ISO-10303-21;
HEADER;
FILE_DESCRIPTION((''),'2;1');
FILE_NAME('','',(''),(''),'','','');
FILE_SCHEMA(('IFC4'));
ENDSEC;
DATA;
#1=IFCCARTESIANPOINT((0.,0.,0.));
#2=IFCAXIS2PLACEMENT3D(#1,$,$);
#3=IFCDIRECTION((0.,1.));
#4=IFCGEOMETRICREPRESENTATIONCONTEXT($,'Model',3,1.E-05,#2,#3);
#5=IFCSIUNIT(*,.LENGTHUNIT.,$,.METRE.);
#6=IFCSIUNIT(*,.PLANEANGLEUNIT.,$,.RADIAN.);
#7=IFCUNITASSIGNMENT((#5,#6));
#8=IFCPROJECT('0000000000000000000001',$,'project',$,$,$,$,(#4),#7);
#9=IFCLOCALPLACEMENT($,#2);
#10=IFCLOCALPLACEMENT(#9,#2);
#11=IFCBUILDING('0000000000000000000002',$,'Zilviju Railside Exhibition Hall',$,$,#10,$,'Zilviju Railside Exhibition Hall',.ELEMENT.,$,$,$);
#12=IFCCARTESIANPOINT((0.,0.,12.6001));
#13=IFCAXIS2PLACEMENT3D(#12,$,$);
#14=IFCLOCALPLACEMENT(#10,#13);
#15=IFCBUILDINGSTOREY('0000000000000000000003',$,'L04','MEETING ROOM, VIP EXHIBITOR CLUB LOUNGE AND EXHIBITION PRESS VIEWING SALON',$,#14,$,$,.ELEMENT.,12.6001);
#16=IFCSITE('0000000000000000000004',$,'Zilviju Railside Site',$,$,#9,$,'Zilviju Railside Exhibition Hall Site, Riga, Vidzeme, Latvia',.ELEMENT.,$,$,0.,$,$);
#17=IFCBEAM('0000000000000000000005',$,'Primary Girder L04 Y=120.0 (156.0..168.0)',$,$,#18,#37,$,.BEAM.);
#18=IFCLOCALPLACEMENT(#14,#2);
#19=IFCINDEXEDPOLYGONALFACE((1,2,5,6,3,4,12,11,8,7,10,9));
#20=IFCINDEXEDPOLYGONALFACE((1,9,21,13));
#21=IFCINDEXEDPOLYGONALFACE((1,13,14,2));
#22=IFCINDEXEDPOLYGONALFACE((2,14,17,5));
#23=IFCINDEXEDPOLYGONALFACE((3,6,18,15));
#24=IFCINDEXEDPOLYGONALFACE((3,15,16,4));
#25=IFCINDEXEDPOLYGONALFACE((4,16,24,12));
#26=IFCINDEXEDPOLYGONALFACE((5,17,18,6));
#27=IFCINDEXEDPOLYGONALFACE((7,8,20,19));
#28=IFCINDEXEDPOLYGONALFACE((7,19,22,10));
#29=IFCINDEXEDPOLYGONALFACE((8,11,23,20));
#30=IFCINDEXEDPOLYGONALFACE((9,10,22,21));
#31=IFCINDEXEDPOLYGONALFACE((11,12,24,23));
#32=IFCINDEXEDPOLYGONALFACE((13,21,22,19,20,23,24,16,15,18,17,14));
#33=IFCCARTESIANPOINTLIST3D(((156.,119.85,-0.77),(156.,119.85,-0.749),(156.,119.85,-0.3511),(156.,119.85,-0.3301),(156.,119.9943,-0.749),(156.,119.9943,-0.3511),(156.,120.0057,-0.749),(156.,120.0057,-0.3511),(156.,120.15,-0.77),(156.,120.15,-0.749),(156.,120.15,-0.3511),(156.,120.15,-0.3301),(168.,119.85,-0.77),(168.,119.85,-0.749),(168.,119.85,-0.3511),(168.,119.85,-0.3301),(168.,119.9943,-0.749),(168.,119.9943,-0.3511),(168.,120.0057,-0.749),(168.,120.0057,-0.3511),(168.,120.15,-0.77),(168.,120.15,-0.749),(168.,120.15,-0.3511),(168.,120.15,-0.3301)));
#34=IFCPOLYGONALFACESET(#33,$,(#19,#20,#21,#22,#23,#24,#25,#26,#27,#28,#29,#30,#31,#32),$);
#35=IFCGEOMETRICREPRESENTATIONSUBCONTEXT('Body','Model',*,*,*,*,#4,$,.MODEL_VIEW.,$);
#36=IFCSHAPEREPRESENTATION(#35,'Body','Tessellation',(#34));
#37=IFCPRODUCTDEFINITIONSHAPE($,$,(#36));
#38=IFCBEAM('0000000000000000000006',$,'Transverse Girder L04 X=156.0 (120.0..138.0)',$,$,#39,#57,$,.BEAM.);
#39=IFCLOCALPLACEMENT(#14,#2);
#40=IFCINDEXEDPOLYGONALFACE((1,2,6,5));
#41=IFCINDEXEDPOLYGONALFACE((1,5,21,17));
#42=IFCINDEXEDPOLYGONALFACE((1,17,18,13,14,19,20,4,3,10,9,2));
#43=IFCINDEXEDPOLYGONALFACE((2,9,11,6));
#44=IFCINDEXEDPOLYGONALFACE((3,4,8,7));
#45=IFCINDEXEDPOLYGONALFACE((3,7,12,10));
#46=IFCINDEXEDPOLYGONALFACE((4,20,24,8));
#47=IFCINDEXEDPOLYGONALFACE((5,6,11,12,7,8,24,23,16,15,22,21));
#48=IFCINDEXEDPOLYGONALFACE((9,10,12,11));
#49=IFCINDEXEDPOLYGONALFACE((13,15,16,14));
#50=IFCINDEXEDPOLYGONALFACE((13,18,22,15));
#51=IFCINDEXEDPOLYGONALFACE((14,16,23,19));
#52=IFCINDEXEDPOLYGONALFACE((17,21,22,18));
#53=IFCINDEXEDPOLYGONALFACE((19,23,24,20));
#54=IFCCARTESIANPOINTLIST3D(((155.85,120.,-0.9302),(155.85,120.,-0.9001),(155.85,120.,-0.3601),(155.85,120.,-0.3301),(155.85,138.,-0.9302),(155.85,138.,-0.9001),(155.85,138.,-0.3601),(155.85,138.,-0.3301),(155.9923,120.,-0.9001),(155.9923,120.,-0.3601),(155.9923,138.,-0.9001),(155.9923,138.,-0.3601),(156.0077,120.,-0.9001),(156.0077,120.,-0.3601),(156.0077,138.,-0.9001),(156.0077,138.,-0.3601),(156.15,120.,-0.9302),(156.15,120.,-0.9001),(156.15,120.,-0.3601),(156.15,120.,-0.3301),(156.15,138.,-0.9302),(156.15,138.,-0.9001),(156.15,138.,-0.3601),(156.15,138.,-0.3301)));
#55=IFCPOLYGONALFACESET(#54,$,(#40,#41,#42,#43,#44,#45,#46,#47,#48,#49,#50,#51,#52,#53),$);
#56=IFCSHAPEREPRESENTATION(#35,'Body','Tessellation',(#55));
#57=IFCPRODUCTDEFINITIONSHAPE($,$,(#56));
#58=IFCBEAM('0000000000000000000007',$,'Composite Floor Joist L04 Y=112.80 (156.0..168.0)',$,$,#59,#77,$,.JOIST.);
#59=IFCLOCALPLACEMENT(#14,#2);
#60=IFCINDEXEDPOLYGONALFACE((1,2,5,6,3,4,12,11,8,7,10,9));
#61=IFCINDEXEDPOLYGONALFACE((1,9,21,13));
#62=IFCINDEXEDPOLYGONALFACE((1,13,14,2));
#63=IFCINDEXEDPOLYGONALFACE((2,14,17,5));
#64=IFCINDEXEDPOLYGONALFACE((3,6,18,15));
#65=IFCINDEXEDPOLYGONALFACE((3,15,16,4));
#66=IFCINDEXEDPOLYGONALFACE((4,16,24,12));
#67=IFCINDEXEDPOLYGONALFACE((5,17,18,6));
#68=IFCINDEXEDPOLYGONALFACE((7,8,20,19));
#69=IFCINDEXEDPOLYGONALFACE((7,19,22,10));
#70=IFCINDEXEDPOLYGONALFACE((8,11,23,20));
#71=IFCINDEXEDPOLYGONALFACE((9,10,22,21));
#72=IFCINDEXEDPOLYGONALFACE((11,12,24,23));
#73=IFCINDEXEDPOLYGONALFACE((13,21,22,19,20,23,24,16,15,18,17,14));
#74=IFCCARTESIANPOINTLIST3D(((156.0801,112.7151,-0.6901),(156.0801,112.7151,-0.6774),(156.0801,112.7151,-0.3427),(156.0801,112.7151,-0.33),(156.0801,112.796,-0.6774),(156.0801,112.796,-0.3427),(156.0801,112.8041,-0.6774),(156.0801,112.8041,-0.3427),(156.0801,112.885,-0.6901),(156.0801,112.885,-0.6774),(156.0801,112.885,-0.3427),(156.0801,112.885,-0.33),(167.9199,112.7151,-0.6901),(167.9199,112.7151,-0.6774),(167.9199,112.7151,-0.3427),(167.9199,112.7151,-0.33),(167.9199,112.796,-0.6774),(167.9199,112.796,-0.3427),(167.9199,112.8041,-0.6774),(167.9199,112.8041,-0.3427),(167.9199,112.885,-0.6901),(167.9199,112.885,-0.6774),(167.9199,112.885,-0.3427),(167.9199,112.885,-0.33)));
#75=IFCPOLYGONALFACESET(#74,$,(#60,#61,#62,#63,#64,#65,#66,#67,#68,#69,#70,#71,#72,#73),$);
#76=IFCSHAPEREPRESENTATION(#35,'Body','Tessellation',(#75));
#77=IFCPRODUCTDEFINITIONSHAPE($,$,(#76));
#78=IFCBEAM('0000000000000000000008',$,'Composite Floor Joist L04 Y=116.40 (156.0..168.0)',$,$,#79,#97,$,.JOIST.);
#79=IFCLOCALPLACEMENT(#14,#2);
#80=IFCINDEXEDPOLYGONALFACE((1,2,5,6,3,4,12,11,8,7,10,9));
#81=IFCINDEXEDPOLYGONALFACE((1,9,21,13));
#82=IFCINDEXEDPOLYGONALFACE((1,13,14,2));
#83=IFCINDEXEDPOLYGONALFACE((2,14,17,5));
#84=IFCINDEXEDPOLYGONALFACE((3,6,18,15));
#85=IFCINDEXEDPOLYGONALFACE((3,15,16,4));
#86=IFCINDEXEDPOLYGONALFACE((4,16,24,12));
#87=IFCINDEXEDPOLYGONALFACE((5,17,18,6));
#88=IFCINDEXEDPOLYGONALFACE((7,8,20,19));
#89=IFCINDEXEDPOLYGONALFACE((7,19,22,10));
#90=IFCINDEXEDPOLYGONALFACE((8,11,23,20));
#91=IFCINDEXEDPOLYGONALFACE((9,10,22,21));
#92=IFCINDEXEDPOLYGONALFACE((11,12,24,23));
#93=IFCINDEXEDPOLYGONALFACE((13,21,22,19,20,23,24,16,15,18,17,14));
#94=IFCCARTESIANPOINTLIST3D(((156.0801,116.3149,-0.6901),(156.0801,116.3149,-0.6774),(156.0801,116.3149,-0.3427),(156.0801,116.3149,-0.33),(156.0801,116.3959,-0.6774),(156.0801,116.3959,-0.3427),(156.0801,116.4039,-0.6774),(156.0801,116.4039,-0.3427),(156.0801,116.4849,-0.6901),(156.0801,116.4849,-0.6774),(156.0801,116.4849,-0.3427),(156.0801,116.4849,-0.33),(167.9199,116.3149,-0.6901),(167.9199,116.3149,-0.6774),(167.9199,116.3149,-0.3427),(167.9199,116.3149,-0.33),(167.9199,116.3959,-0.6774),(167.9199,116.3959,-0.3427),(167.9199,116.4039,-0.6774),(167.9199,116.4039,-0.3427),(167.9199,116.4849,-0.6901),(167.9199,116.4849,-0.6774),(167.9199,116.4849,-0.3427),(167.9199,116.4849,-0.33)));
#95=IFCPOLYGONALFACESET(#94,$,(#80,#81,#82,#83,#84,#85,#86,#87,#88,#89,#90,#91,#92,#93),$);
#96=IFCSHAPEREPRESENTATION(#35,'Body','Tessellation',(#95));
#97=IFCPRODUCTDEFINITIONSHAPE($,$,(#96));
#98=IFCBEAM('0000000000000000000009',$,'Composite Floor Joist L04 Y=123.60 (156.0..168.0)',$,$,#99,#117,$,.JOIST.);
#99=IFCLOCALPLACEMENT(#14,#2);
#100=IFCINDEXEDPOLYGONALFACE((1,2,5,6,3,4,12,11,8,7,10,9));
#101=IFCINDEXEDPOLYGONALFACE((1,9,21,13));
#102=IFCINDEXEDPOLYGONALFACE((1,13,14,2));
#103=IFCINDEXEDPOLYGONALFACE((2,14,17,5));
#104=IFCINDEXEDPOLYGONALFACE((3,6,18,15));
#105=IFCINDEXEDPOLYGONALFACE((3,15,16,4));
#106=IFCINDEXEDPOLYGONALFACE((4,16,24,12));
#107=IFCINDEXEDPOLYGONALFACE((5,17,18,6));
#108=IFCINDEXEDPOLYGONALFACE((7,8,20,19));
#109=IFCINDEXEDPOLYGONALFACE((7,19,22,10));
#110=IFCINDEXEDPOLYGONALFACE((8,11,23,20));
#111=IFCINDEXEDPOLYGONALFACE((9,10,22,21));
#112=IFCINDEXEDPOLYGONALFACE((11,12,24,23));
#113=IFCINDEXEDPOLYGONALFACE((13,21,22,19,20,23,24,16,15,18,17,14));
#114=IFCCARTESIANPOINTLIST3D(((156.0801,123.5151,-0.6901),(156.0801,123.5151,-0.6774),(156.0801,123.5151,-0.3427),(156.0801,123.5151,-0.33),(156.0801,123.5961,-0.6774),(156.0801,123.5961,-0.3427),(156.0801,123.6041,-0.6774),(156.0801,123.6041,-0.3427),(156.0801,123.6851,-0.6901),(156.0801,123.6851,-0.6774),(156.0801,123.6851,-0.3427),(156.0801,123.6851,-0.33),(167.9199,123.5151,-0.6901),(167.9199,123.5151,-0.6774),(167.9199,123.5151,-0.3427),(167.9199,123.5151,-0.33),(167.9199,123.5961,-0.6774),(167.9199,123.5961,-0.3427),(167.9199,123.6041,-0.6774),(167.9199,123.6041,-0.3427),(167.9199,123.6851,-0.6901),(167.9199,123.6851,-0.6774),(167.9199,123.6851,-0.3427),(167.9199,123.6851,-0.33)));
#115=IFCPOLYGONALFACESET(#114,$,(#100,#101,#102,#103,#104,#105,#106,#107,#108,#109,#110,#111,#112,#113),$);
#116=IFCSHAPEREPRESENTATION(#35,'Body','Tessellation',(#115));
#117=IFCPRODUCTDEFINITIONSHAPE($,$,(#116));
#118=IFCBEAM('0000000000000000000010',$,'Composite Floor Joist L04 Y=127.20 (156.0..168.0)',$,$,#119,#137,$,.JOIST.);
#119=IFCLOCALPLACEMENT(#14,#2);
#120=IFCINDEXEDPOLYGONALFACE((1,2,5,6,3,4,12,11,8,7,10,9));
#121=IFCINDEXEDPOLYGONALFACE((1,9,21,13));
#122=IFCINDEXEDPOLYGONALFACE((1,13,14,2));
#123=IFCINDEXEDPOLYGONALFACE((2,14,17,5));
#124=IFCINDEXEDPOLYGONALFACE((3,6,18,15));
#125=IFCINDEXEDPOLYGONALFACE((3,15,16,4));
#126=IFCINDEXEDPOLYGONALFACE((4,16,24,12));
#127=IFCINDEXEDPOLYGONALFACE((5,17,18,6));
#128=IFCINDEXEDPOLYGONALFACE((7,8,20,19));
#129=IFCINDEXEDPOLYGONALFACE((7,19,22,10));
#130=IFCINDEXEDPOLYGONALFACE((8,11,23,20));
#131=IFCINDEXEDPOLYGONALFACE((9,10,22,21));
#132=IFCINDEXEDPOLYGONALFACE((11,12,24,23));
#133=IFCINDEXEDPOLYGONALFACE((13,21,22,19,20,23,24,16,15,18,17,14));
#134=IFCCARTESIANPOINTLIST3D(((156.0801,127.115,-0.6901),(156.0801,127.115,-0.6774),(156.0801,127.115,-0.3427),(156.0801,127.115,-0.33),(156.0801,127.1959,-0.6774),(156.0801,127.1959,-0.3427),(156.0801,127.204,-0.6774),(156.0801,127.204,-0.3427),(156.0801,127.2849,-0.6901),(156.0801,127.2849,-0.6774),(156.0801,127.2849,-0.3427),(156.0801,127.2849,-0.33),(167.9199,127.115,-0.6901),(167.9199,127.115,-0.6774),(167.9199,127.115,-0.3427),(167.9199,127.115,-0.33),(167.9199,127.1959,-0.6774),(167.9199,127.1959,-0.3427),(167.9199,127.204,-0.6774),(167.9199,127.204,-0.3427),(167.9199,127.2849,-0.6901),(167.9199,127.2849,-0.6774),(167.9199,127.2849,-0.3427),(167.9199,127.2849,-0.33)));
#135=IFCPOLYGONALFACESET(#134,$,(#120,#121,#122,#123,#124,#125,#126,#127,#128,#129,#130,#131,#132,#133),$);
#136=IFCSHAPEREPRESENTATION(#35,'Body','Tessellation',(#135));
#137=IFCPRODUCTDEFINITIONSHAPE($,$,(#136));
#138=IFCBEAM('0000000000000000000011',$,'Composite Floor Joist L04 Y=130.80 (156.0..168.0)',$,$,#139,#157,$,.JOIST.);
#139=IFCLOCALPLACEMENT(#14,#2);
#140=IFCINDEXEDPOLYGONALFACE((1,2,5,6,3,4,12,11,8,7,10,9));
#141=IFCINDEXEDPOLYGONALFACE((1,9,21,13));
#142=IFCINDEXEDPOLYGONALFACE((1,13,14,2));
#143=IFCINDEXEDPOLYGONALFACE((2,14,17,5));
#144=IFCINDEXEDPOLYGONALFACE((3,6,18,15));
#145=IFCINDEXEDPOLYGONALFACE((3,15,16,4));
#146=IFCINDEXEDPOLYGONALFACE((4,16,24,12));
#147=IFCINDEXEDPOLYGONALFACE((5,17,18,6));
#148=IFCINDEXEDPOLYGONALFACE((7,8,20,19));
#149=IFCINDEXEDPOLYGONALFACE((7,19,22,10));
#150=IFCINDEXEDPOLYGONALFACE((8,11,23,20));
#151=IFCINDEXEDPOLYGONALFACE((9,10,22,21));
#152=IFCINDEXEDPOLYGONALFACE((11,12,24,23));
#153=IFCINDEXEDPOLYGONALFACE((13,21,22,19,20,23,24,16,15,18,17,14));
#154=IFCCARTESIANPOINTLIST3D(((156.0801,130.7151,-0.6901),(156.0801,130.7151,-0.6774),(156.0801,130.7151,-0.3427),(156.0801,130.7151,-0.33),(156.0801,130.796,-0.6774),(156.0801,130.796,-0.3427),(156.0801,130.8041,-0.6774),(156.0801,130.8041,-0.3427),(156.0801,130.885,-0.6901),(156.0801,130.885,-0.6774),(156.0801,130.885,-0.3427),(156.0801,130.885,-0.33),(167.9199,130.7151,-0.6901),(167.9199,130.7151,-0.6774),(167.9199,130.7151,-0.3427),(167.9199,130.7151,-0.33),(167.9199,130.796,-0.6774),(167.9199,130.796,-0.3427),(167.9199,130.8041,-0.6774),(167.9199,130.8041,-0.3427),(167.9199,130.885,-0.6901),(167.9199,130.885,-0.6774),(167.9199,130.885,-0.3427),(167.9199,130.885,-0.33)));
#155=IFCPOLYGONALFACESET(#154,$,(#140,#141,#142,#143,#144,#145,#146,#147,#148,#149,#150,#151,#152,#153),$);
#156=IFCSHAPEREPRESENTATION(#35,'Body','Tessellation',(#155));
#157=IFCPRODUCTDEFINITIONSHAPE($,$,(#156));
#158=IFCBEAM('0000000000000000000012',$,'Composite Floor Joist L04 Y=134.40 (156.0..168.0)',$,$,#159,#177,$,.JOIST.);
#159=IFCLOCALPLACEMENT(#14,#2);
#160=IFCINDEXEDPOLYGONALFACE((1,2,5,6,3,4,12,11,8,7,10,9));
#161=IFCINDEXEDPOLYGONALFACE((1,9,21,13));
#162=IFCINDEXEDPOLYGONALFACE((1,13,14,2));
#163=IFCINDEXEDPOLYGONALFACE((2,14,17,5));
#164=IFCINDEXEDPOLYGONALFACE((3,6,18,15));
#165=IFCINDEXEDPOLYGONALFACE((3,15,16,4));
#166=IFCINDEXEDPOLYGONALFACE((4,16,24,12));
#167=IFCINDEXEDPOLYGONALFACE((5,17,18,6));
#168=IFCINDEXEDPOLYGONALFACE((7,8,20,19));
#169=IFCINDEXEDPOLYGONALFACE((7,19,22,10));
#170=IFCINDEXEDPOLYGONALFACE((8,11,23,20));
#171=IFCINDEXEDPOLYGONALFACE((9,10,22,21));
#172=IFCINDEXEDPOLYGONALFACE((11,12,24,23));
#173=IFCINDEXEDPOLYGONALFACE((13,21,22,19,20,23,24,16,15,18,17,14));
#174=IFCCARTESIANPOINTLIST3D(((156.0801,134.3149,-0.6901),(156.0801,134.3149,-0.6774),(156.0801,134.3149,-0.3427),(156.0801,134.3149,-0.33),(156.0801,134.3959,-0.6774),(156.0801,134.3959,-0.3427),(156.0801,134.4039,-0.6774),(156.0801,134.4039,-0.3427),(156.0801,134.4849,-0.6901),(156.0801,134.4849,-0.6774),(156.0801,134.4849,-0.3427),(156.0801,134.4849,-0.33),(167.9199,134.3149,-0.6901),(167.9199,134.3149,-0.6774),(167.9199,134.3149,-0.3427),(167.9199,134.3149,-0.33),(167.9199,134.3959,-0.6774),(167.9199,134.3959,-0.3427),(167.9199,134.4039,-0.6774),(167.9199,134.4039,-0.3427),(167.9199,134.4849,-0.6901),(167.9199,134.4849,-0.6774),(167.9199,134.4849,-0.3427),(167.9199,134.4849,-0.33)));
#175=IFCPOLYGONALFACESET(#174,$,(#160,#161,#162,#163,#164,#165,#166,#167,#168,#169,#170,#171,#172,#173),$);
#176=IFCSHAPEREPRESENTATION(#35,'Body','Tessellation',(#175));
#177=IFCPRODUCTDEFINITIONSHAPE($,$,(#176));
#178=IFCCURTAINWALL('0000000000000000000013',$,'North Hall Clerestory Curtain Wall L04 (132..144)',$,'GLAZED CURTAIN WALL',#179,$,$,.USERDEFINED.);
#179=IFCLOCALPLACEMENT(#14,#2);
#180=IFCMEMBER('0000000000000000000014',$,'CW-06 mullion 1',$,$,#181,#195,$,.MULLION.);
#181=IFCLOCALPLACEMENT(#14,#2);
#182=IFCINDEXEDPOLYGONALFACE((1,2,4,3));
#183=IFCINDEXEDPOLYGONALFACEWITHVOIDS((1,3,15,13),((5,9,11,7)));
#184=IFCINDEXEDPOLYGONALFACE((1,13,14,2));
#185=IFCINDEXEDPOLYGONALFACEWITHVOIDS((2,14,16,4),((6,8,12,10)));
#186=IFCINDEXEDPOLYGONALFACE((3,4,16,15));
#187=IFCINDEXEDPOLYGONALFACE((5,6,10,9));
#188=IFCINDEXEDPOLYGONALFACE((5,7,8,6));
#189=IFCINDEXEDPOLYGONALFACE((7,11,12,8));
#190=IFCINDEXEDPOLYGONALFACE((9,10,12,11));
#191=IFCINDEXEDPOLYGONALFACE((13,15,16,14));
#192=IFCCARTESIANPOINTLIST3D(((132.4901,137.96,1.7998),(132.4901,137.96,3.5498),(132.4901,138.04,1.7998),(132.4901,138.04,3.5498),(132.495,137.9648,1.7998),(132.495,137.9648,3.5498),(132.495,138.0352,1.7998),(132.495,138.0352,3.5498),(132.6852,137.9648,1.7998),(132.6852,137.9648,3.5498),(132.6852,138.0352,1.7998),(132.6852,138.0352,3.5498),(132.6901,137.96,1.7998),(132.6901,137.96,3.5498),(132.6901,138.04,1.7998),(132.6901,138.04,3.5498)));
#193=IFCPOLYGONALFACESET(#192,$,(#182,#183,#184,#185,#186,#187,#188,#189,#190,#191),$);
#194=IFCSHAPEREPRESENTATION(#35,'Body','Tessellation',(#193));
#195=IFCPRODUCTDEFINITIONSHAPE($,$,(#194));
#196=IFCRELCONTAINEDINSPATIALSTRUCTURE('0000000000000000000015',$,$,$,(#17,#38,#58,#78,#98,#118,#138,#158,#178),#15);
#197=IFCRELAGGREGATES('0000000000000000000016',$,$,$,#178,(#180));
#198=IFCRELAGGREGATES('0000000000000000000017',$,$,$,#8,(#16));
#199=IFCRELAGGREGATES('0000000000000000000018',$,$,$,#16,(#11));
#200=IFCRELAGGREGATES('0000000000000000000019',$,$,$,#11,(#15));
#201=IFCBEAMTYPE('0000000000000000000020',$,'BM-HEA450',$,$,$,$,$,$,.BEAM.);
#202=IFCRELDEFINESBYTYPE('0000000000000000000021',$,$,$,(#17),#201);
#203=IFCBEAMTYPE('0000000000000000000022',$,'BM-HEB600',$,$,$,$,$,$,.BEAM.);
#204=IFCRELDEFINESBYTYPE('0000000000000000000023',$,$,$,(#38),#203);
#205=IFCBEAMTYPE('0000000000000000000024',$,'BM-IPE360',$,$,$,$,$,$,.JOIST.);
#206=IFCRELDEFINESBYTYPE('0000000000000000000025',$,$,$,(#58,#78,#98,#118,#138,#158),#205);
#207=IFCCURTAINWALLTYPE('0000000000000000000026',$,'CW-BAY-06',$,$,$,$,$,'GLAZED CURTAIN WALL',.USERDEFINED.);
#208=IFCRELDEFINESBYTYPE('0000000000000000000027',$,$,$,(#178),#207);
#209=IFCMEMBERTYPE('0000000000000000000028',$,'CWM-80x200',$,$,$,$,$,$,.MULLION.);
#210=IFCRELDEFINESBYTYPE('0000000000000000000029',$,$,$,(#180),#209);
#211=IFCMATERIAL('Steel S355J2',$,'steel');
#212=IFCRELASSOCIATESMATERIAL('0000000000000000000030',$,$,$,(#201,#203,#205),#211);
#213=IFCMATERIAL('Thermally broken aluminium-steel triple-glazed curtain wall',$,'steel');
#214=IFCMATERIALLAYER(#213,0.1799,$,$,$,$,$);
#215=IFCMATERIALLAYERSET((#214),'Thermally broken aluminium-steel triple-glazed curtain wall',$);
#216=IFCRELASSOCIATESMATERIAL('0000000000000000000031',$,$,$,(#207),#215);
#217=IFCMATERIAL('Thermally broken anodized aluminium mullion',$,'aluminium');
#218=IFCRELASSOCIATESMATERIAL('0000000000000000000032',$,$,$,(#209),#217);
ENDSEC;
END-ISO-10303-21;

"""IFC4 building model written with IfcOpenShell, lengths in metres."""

from ifc_helpers import new_model, si_unit, direction, frame, origin, origin_2d, place, context, subcontext, project, spatial, hollow_rectangle, i_section, extrude, material, layer, layer_set, material_profile, profile_set, type_object, element, aggregate, save


model = new_model("IFC4")

# Units and contexts
model_context = context("Model", 3, precision=1e-05, world=origin(), true_north=direction((0.0, 1.0)))
body_context = subcontext(model_context, "Body", "Model", "MODEL_VIEW")
ifc_project = project(units=[si_unit("LENGTHUNIT", "METRE"), si_unit("PLANEANGLEUNIT", "RADIAN")], contexts=[model_context])

# Site, building, storey
site_placement = place(None, origin())
site = spatial("IfcSite", under=ifc_project, at=site_placement, Name="Zilviju Railside Site", LongName="Zilviju Railside Exhibition Hall Site, Riga, Vidzeme, Latvia", CompositionType="ELEMENT", RefElevation=0.0)
building_placement = place(site_placement, origin())
building = spatial("IfcBuilding", under=site, at=building_placement, Name="Zilviju Railside Exhibition Hall", LongName="Zilviju Railside Exhibition Hall", CompositionType="ELEMENT")
storey_placement = place(building_placement, frame((0.0, 0.0, 12.6001)))
storey = spatial("IfcBuildingStorey", under=building, at=storey_placement, Name="L04", Description="MEETING ROOM, VIP EXHIBITOR CLUB LOUNGE AND EXHIBITION PRESS VIEWING SALON", CompositionType="ELEMENT", Elevation=12.6001)

# Beams
ifc_material_1 = material(Name="Steel S355J2", Category="steel")
ifc_material_profile_1 = material_profile(ifc_material_1, i_section(OverallWidth=0.3, OverallDepth=0.4399, WebThickness=0.0115, FlangeThickness=0.021, at=origin_2d()), Name="HEA 450")
ifc_profile_set_1 = profile_set([ifc_material_profile_1], Name="Steel S355J2")
beam_type_1 = type_object("IfcBeamType", Name="BM-HEA450", PredefinedType="BEAM", material=ifc_profile_set_1)
beam_1_placement = place(storey_placement, frame((156.0, 120.0, -0.55), z_axis=(1.0, 0.0, 0.0), x_axis=(0.0, 1.0, 0.0)))
element("IfcBeam", 1, at=beam_1_placement, inside=storey, type_object=beam_type_1, Name="Primary Girder L04 Y=120.0 (156.0..168.0)", PredefinedType="BEAM", context=body_context, shape_type="SweptSolid", body=[
    extrude(i_section(OverallWidth=0.3, OverallDepth=0.4399, WebThickness=0.0115, FlangeThickness=0.021, at=origin_2d()), origin(), (0.0, 0.0, 1.0), 12.0),
])
ifc_material_profile_2 = material_profile(ifc_material_1, i_section(OverallWidth=0.3, OverallDepth=0.6001, WebThickness=0.0154, FlangeThickness=0.03, at=origin_2d()), Name="HEB 600")
ifc_profile_set_2 = profile_set([ifc_material_profile_2], Name="Steel S355J2")
beam_type_2 = type_object("IfcBeamType", Name="BM-HEB600", PredefinedType="BEAM", material=ifc_profile_set_2)
beam_2_placement = place(storey_placement, frame((156.0, 120.0, -0.6301), z_axis=(0.0, 1.0, 0.0), x_axis=(-1.0, 0.0, 0.0)))
element("IfcBeam", 2, at=beam_2_placement, inside=storey, type_object=beam_type_2, Name="Transverse Girder L04 X=156.0 (120.0..138.0)", PredefinedType="BEAM", context=body_context, shape_type="SweptSolid", body=[
    extrude(i_section(OverallWidth=0.3, OverallDepth=0.6001, WebThickness=0.0154, FlangeThickness=0.03, at=origin_2d()), origin(), (0.0, 0.0, 1.0), 18.0),
])
ifc_material_profile_3 = material_profile(ifc_material_1, i_section(OverallWidth=0.1699, OverallDepth=0.3601, WebThickness=0.0081, FlangeThickness=0.0127, at=origin_2d()), Name="IPE 360")
ifc_profile_set_3 = profile_set([ifc_material_profile_3], Name="Steel S355J2")
beam_type_3 = type_object("IfcBeamType", Name="BM-IPE360", PredefinedType="JOIST", material=ifc_profile_set_3)
for number, where, z_axis, x_axis, name in (
    (3, (156.0801, 112.8, -0.51), (1.0, 0.0, 0.0), (0.0, 1.0, 0.0), "Composite Floor Joist L04 Y=112.80 (156.0..168.0)"),
    (4, (156.0801, 116.3999, -0.51), (1.0, 0.0, 0.0), (0.0, 1.0, 0.0), "Composite Floor Joist L04 Y=116.40 (156.0..168.0)"),
    (5, (156.0801, 123.6001, -0.51), (1.0, 0.0, 0.0), (0.0, 1.0, 0.0), "Composite Floor Joist L04 Y=123.60 (156.0..168.0)"),
    (6, (156.0801, 127.2, -0.51), (1.0, 0.0, 0.0), (0.0, 1.0, 0.0), "Composite Floor Joist L04 Y=127.20 (156.0..168.0)"),
    (7, (156.0801, 130.8, -0.51), (1.0, 0.0, 0.0), (0.0, 1.0, 0.0), "Composite Floor Joist L04 Y=130.80 (156.0..168.0)"),
    (8, (156.0801, 134.3999, -0.51), (1.0, 0.0, 0.0), (0.0, 1.0, 0.0), "Composite Floor Joist L04 Y=134.40 (156.0..168.0)"),
):
    element("IfcBeam", number, at=place(storey_placement, frame(where, z_axis=z_axis, x_axis=x_axis)), inside=storey, type_object=beam_type_3, Name=name, PredefinedType="JOIST", context=body_context, shape_type="SweptSolid", body=[
        extrude(i_section(OverallWidth=0.1699, OverallDepth=0.3601, WebThickness=0.0081, FlangeThickness=0.0127, at=origin_2d()), origin(), (0.0, 0.0, 1.0), 11.8398),
    ])

# Curtain wall, member
ifc_material_2 = material(Name="Thermally broken aluminium-steel triple-glazed curtain wall", Category="steel")
ifc_layer_1 = layer(ifc_material_2, 0.1799)
ifc_layer_set_1 = layer_set([ifc_layer_1], Name="Thermally broken aluminium-steel triple-glazed curtain wall")
curtain_wall_type = type_object("IfcCurtainWallType", Name="CW-BAY-06", ElementType="GLAZED CURTAIN WALL", PredefinedType="USERDEFINED", material=ifc_layer_set_1)
curtain_wall_placement = place(storey_placement, origin())
curtain_wall = element("IfcCurtainWall", 9, at=curtain_wall_placement, inside=storey, type_object=curtain_wall_type, Name="North Hall Clerestory Curtain Wall L04 (132..144)", ObjectType="GLAZED CURTAIN WALL", PredefinedType="USERDEFINED")
ifc_material_3 = material(Name="Thermally broken anodized aluminium mullion", Category="aluminium")
ifc_material_profile_4 = material_profile(ifc_material_3, hollow_rectangle(XDim=0.0801, YDim=0.2, WallThickness=0.0049, at=origin_2d()), Name="MULLION 200x80x5")
ifc_profile_set_4 = profile_set([ifc_material_profile_4], Name="Thermally broken anodized aluminium mullion")
member_type_1 = type_object("IfcMemberType", Name="CWM-80x200", PredefinedType="MULLION", material=ifc_profile_set_4)
member_1_placement = place(storey_placement, frame((132.5901, 138.0, 1.7998), z_axis=(0.0, 0.0, 1.0), x_axis=(0.0, 1.0, 0.0)))
member_1 = element("IfcMember", 10, at=member_1_placement, type_object=member_type_1, Name="CW-06 mullion 1", PredefinedType="MULLION", context=body_context, shape_type="SweptSolid", body=[
    extrude(hollow_rectangle(XDim=0.0801, YDim=0.2, WallThickness=0.0049, at=origin_2d()), origin(), (0.0, 0.0, 1.0), 1.75),
])
aggregate(curtain_wall, [member_1])

save(model, "model.ifc")
